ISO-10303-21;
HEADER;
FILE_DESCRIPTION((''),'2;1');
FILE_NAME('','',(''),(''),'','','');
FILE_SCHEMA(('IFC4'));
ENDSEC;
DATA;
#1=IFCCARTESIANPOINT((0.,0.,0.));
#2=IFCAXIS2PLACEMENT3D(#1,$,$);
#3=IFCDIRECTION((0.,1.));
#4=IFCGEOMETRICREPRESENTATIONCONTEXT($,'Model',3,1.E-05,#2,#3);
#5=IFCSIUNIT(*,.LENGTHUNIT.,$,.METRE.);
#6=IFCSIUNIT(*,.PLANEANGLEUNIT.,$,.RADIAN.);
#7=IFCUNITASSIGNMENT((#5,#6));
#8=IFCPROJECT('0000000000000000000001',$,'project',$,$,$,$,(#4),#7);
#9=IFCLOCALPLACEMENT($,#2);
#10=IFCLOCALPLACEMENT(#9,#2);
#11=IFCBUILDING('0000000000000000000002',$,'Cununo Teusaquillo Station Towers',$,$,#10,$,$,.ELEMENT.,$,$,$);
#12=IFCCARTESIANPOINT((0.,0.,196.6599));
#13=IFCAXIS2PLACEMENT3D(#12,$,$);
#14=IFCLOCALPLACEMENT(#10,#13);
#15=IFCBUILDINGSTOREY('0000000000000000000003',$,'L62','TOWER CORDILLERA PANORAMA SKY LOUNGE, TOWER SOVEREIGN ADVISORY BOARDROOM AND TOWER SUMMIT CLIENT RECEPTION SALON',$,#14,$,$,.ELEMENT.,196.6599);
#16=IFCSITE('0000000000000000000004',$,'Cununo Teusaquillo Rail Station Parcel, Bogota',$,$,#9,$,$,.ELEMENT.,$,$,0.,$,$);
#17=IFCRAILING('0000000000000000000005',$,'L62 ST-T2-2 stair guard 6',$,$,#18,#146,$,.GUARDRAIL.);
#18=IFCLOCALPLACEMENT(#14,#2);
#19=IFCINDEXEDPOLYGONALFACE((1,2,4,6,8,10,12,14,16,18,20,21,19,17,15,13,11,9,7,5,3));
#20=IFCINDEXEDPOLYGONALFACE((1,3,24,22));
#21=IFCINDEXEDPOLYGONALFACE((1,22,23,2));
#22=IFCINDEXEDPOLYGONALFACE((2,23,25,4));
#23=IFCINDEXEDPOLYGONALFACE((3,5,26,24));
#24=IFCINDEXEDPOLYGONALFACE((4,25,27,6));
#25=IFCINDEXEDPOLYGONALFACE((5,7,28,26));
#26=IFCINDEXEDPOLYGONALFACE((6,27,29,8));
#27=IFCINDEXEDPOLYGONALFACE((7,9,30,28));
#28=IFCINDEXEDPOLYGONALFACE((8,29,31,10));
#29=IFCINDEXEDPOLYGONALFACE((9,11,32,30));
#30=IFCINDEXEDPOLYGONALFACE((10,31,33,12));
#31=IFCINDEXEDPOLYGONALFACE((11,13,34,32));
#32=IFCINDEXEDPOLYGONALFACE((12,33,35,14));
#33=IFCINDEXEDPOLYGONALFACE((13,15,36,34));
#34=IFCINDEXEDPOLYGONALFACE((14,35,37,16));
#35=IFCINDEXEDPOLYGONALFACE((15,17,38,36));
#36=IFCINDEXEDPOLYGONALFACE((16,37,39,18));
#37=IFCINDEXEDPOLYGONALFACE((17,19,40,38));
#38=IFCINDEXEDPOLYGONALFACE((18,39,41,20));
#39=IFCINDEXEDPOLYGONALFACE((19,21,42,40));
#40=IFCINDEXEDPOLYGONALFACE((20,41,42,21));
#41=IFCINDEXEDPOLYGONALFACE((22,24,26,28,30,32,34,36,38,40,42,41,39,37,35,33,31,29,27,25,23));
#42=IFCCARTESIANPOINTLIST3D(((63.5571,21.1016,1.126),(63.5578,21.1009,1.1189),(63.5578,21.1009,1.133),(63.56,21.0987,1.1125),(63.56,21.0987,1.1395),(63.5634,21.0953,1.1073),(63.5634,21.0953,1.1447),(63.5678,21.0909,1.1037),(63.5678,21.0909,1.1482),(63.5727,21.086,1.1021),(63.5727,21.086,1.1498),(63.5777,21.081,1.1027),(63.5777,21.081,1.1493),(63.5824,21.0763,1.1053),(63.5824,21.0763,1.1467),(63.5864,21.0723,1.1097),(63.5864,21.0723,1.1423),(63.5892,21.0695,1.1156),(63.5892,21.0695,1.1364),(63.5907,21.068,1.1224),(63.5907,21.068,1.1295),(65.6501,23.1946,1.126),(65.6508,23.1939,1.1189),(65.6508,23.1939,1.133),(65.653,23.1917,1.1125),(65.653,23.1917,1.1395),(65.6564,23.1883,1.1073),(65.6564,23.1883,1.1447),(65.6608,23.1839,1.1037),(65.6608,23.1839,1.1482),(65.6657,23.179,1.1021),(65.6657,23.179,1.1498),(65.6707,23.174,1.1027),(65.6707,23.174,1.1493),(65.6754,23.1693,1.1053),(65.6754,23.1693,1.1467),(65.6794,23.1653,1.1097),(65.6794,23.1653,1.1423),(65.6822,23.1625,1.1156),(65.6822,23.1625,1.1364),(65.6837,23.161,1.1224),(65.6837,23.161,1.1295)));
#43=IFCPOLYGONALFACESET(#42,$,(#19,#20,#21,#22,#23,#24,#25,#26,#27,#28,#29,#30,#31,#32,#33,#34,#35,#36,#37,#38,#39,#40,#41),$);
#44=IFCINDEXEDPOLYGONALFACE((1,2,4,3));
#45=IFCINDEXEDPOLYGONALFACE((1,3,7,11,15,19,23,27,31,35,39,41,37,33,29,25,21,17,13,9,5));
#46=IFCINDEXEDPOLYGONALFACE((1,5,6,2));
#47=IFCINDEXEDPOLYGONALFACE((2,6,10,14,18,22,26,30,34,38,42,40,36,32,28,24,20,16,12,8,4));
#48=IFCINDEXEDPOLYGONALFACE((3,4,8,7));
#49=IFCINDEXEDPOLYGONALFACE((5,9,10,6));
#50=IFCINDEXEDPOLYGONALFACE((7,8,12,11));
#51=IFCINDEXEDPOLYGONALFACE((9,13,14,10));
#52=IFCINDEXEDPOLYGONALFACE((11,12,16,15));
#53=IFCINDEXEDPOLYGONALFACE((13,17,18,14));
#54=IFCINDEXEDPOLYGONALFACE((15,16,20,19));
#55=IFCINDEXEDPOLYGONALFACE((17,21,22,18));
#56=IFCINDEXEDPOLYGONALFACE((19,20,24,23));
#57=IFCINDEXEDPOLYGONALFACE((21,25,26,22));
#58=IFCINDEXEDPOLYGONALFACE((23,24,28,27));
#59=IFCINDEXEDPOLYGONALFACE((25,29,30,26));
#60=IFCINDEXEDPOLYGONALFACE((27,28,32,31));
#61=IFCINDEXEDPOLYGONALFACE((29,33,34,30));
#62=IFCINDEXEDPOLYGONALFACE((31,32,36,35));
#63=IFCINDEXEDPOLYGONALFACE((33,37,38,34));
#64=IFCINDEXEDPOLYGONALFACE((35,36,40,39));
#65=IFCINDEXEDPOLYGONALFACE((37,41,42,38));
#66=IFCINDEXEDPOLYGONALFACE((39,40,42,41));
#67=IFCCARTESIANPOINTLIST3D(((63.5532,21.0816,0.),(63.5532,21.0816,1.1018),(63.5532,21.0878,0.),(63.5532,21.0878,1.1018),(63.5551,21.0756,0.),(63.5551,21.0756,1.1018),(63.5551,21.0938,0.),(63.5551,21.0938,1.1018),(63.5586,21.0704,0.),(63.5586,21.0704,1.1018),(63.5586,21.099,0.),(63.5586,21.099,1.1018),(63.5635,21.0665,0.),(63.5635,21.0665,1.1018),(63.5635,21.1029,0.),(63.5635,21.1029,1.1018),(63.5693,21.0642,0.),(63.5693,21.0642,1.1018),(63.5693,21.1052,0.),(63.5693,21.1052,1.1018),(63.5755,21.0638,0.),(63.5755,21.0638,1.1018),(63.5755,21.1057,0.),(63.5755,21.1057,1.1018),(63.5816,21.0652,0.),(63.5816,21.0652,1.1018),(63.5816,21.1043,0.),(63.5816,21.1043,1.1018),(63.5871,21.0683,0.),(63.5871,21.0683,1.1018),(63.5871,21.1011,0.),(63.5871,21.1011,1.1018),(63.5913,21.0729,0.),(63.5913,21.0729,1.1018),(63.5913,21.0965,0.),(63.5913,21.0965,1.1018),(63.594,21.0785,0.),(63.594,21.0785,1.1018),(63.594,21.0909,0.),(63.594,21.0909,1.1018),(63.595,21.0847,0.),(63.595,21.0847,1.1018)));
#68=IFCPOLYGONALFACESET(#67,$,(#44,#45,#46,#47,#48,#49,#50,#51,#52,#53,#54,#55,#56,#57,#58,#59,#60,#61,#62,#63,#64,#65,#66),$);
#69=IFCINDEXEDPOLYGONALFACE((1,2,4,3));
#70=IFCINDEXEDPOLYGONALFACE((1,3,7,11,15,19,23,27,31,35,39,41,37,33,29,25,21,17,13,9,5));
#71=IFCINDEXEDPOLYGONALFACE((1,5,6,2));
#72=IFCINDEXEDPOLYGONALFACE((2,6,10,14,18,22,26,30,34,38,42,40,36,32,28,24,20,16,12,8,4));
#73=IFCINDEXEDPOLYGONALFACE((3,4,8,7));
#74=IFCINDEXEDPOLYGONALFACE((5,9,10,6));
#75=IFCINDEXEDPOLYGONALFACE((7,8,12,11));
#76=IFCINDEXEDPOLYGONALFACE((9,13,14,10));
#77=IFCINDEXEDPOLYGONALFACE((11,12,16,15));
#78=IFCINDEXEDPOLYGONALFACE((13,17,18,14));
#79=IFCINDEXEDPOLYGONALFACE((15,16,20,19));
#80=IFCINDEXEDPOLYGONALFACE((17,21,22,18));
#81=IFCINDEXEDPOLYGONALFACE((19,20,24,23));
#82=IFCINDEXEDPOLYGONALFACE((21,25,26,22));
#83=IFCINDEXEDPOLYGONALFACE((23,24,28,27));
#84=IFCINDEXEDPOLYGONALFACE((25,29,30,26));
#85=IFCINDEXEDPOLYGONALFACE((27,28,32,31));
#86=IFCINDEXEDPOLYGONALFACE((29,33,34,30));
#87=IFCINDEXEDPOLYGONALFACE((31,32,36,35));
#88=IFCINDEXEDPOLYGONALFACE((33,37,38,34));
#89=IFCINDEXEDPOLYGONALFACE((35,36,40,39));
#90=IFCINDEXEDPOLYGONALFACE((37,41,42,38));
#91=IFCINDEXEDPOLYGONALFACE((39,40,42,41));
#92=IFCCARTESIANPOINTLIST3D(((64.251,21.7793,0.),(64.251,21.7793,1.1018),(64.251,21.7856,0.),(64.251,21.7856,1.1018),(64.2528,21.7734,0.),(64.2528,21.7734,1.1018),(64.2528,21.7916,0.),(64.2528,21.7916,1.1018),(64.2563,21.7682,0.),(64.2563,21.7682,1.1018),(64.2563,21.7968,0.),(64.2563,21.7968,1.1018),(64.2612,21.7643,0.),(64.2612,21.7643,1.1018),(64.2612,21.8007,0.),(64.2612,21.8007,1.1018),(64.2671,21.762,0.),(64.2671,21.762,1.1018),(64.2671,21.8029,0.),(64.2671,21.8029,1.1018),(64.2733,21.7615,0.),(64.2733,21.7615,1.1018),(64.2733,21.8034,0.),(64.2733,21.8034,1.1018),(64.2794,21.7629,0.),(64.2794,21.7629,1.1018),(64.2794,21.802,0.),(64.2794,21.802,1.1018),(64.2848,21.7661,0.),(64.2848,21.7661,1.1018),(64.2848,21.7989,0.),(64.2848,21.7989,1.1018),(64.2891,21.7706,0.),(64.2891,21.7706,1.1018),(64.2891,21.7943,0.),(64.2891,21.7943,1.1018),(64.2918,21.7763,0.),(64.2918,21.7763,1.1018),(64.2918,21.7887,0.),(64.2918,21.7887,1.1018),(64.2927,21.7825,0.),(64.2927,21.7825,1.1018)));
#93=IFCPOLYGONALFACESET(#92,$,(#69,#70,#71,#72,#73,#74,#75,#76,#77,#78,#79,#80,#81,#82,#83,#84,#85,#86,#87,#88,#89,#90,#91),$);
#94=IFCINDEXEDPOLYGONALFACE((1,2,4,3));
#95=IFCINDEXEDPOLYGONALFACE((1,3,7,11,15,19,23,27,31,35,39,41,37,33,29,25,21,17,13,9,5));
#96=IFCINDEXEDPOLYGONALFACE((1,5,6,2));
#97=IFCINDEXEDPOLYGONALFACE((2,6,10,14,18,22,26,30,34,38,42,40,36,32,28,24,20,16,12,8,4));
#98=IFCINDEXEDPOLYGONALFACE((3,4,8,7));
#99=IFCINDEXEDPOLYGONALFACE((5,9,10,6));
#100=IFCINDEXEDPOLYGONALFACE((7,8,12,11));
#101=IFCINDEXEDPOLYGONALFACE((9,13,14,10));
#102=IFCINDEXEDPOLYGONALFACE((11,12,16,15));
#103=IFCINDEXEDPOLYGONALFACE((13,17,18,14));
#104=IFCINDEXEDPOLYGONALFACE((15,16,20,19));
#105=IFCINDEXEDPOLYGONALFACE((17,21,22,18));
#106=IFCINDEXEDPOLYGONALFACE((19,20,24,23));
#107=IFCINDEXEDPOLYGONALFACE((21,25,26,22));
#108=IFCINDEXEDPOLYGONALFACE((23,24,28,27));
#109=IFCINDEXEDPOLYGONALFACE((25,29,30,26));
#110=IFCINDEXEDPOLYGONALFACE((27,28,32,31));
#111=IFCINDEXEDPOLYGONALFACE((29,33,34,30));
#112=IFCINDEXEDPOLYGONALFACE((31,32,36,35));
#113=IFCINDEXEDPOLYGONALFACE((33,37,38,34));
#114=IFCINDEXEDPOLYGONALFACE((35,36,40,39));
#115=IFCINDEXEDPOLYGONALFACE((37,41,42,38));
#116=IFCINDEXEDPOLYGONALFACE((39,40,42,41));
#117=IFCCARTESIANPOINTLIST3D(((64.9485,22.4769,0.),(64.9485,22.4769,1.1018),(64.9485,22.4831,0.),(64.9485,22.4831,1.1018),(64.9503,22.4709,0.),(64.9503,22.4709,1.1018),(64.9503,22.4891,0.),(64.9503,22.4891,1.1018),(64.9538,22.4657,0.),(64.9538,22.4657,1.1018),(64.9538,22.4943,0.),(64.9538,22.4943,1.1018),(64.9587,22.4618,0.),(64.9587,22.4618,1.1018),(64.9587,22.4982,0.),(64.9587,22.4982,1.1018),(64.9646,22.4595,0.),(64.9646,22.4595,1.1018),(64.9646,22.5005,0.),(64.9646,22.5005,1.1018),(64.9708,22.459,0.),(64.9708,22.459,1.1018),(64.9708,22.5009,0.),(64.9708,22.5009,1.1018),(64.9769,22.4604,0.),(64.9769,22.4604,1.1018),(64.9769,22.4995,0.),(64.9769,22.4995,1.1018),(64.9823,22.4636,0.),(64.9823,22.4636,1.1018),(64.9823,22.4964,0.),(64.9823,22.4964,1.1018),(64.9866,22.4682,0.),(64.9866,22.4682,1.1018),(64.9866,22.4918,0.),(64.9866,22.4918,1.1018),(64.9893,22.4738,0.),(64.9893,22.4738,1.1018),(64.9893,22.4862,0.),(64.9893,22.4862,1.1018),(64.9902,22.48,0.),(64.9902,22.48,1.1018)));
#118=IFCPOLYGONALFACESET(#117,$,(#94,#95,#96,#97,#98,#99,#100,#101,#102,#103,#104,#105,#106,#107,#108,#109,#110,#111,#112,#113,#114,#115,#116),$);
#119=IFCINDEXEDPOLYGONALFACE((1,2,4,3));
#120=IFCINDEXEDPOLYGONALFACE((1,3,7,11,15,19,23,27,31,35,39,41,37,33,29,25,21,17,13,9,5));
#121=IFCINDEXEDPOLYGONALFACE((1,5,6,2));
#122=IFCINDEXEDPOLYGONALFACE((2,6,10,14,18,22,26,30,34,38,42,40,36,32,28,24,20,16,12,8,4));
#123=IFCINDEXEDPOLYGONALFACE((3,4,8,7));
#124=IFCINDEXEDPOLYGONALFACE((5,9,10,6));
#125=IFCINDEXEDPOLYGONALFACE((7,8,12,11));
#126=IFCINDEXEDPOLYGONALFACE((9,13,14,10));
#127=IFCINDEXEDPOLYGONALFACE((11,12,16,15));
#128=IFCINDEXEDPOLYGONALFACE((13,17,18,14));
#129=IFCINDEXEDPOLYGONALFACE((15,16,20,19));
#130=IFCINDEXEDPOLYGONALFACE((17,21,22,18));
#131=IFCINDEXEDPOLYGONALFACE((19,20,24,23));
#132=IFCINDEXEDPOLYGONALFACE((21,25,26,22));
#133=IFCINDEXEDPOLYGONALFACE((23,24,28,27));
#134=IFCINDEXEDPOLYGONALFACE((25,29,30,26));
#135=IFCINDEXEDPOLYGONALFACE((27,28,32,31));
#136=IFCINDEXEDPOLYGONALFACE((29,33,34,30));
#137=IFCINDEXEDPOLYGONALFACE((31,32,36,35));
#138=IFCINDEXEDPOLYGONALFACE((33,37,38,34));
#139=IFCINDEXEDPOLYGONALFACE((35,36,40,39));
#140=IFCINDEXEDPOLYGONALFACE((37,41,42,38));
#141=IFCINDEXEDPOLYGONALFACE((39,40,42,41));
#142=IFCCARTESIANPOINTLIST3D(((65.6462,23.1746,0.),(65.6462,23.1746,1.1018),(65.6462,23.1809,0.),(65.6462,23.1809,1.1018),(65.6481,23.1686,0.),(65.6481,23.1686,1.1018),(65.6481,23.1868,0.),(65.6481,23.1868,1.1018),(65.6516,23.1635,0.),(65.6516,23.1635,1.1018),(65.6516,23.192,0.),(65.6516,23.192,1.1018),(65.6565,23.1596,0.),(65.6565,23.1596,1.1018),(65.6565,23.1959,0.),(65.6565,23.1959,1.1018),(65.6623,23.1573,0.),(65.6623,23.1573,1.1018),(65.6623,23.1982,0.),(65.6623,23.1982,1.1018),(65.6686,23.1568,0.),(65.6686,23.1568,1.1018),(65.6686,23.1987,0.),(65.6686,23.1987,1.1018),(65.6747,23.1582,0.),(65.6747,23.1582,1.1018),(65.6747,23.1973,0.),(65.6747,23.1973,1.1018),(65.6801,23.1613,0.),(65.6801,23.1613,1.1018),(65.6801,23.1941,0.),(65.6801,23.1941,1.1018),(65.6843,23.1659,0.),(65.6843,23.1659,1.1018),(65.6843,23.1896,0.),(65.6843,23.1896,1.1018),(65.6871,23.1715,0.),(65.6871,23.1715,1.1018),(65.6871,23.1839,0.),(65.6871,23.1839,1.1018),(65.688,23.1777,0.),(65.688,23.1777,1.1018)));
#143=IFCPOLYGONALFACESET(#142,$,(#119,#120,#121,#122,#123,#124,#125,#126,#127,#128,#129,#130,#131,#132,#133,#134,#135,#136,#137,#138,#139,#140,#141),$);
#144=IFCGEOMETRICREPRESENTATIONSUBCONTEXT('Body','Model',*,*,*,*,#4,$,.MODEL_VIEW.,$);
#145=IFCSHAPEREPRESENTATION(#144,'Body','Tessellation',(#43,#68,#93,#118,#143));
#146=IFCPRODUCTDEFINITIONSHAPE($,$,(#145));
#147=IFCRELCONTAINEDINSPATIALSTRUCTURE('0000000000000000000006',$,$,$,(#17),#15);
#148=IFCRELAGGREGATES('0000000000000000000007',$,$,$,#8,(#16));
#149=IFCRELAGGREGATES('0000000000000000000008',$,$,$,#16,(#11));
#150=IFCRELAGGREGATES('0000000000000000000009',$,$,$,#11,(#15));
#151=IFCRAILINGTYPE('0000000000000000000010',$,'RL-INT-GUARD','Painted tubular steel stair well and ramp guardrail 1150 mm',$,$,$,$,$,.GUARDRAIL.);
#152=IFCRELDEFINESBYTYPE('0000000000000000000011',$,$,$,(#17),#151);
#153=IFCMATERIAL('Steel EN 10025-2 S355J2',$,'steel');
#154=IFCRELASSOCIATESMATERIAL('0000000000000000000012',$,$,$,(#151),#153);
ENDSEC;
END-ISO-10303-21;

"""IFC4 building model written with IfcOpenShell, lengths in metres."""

from ifc_helpers import new_model, si_unit, direction, frame, origin, origin_2d, place, context, subcontext, project, spatial, circle, extrude, material, type_object, element, save


model = new_model("IFC4")

# Units and contexts
model_context = context("Model", 3, precision=1e-05, world=origin(), true_north=direction((0.0, 1.0)))
body_context = subcontext(model_context, "Body", "Model", "MODEL_VIEW")
ifc_project = project(units=[si_unit("LENGTHUNIT", "METRE"), si_unit("PLANEANGLEUNIT", "RADIAN")], contexts=[model_context])

# Site, building, storey
site_placement = place(None, origin())
site = spatial("IfcSite", under=ifc_project, at=site_placement, Name="Cununo Teusaquillo Rail Station Parcel, Bogota", CompositionType="ELEMENT", RefElevation=0.0)
building_placement = place(site_placement, origin())
building = spatial("IfcBuilding", under=site, at=building_placement, Name="Cununo Teusaquillo Station Towers", CompositionType="ELEMENT")
storey_placement = place(building_placement, frame((0.0, 0.0, 196.6599)))
storey = spatial("IfcBuildingStorey", under=building, at=storey_placement, Name="L62", Description="TOWER CORDILLERA PANORAMA SKY LOUNGE, TOWER SOVEREIGN ADVISORY BOARDROOM AND TOWER SUMMIT CLIENT RECEPTION SALON", CompositionType="ELEMENT", Elevation=196.6599)

# Railing
ifc_material_1 = material(Name="Steel EN 10025-2 S355J2", Category="steel")
railing_type = type_object("IfcRailingType", Name="RL-INT-GUARD", Description="Painted tubular steel stair well and ramp guardrail 1150 mm", PredefinedType="GUARDRAIL", material=ifc_material_1)
railing_1_placement = place(storey_placement, frame((63.574, 21.0847, 0.0)))
element("IfcRailing", 1, at=railing_1_placement, inside=storey, type_object=railing_type, Name="L62 ST-T2-2 stair guard 6", PredefinedType="GUARDRAIL", context=body_context, shape_type="SweptSolid", body=[
    extrude(circle(Radius=0.0239, at=origin_2d()), frame((0.0, 0.0, 1.126), z_axis=(0.707107, 0.707107, 0.0), x_axis=(-0.707107, 0.707107, 0.0)), (0.0, 0.0, 1.0), 2.96),
    extrude(circle(Radius=0.021, at=origin_2d()), origin(), (0.0, 0.0, 1.0), 1.1018),
    extrude(circle(Radius=0.021, at=origin_2d()), frame((0.6978, 0.6978, 0.0)), (0.0, 0.0, 1.0), 1.1018),
    extrude(circle(Radius=0.021, at=origin_2d()), frame((1.3953, 1.3953, 0.0)), (0.0, 0.0, 1.0), 1.1018),
    extrude(circle(Radius=0.021, at=origin_2d()), frame((2.093, 2.093, 0.0)), (0.0, 0.0, 1.0), 1.1018),
])

save(model, "model.ifc")
